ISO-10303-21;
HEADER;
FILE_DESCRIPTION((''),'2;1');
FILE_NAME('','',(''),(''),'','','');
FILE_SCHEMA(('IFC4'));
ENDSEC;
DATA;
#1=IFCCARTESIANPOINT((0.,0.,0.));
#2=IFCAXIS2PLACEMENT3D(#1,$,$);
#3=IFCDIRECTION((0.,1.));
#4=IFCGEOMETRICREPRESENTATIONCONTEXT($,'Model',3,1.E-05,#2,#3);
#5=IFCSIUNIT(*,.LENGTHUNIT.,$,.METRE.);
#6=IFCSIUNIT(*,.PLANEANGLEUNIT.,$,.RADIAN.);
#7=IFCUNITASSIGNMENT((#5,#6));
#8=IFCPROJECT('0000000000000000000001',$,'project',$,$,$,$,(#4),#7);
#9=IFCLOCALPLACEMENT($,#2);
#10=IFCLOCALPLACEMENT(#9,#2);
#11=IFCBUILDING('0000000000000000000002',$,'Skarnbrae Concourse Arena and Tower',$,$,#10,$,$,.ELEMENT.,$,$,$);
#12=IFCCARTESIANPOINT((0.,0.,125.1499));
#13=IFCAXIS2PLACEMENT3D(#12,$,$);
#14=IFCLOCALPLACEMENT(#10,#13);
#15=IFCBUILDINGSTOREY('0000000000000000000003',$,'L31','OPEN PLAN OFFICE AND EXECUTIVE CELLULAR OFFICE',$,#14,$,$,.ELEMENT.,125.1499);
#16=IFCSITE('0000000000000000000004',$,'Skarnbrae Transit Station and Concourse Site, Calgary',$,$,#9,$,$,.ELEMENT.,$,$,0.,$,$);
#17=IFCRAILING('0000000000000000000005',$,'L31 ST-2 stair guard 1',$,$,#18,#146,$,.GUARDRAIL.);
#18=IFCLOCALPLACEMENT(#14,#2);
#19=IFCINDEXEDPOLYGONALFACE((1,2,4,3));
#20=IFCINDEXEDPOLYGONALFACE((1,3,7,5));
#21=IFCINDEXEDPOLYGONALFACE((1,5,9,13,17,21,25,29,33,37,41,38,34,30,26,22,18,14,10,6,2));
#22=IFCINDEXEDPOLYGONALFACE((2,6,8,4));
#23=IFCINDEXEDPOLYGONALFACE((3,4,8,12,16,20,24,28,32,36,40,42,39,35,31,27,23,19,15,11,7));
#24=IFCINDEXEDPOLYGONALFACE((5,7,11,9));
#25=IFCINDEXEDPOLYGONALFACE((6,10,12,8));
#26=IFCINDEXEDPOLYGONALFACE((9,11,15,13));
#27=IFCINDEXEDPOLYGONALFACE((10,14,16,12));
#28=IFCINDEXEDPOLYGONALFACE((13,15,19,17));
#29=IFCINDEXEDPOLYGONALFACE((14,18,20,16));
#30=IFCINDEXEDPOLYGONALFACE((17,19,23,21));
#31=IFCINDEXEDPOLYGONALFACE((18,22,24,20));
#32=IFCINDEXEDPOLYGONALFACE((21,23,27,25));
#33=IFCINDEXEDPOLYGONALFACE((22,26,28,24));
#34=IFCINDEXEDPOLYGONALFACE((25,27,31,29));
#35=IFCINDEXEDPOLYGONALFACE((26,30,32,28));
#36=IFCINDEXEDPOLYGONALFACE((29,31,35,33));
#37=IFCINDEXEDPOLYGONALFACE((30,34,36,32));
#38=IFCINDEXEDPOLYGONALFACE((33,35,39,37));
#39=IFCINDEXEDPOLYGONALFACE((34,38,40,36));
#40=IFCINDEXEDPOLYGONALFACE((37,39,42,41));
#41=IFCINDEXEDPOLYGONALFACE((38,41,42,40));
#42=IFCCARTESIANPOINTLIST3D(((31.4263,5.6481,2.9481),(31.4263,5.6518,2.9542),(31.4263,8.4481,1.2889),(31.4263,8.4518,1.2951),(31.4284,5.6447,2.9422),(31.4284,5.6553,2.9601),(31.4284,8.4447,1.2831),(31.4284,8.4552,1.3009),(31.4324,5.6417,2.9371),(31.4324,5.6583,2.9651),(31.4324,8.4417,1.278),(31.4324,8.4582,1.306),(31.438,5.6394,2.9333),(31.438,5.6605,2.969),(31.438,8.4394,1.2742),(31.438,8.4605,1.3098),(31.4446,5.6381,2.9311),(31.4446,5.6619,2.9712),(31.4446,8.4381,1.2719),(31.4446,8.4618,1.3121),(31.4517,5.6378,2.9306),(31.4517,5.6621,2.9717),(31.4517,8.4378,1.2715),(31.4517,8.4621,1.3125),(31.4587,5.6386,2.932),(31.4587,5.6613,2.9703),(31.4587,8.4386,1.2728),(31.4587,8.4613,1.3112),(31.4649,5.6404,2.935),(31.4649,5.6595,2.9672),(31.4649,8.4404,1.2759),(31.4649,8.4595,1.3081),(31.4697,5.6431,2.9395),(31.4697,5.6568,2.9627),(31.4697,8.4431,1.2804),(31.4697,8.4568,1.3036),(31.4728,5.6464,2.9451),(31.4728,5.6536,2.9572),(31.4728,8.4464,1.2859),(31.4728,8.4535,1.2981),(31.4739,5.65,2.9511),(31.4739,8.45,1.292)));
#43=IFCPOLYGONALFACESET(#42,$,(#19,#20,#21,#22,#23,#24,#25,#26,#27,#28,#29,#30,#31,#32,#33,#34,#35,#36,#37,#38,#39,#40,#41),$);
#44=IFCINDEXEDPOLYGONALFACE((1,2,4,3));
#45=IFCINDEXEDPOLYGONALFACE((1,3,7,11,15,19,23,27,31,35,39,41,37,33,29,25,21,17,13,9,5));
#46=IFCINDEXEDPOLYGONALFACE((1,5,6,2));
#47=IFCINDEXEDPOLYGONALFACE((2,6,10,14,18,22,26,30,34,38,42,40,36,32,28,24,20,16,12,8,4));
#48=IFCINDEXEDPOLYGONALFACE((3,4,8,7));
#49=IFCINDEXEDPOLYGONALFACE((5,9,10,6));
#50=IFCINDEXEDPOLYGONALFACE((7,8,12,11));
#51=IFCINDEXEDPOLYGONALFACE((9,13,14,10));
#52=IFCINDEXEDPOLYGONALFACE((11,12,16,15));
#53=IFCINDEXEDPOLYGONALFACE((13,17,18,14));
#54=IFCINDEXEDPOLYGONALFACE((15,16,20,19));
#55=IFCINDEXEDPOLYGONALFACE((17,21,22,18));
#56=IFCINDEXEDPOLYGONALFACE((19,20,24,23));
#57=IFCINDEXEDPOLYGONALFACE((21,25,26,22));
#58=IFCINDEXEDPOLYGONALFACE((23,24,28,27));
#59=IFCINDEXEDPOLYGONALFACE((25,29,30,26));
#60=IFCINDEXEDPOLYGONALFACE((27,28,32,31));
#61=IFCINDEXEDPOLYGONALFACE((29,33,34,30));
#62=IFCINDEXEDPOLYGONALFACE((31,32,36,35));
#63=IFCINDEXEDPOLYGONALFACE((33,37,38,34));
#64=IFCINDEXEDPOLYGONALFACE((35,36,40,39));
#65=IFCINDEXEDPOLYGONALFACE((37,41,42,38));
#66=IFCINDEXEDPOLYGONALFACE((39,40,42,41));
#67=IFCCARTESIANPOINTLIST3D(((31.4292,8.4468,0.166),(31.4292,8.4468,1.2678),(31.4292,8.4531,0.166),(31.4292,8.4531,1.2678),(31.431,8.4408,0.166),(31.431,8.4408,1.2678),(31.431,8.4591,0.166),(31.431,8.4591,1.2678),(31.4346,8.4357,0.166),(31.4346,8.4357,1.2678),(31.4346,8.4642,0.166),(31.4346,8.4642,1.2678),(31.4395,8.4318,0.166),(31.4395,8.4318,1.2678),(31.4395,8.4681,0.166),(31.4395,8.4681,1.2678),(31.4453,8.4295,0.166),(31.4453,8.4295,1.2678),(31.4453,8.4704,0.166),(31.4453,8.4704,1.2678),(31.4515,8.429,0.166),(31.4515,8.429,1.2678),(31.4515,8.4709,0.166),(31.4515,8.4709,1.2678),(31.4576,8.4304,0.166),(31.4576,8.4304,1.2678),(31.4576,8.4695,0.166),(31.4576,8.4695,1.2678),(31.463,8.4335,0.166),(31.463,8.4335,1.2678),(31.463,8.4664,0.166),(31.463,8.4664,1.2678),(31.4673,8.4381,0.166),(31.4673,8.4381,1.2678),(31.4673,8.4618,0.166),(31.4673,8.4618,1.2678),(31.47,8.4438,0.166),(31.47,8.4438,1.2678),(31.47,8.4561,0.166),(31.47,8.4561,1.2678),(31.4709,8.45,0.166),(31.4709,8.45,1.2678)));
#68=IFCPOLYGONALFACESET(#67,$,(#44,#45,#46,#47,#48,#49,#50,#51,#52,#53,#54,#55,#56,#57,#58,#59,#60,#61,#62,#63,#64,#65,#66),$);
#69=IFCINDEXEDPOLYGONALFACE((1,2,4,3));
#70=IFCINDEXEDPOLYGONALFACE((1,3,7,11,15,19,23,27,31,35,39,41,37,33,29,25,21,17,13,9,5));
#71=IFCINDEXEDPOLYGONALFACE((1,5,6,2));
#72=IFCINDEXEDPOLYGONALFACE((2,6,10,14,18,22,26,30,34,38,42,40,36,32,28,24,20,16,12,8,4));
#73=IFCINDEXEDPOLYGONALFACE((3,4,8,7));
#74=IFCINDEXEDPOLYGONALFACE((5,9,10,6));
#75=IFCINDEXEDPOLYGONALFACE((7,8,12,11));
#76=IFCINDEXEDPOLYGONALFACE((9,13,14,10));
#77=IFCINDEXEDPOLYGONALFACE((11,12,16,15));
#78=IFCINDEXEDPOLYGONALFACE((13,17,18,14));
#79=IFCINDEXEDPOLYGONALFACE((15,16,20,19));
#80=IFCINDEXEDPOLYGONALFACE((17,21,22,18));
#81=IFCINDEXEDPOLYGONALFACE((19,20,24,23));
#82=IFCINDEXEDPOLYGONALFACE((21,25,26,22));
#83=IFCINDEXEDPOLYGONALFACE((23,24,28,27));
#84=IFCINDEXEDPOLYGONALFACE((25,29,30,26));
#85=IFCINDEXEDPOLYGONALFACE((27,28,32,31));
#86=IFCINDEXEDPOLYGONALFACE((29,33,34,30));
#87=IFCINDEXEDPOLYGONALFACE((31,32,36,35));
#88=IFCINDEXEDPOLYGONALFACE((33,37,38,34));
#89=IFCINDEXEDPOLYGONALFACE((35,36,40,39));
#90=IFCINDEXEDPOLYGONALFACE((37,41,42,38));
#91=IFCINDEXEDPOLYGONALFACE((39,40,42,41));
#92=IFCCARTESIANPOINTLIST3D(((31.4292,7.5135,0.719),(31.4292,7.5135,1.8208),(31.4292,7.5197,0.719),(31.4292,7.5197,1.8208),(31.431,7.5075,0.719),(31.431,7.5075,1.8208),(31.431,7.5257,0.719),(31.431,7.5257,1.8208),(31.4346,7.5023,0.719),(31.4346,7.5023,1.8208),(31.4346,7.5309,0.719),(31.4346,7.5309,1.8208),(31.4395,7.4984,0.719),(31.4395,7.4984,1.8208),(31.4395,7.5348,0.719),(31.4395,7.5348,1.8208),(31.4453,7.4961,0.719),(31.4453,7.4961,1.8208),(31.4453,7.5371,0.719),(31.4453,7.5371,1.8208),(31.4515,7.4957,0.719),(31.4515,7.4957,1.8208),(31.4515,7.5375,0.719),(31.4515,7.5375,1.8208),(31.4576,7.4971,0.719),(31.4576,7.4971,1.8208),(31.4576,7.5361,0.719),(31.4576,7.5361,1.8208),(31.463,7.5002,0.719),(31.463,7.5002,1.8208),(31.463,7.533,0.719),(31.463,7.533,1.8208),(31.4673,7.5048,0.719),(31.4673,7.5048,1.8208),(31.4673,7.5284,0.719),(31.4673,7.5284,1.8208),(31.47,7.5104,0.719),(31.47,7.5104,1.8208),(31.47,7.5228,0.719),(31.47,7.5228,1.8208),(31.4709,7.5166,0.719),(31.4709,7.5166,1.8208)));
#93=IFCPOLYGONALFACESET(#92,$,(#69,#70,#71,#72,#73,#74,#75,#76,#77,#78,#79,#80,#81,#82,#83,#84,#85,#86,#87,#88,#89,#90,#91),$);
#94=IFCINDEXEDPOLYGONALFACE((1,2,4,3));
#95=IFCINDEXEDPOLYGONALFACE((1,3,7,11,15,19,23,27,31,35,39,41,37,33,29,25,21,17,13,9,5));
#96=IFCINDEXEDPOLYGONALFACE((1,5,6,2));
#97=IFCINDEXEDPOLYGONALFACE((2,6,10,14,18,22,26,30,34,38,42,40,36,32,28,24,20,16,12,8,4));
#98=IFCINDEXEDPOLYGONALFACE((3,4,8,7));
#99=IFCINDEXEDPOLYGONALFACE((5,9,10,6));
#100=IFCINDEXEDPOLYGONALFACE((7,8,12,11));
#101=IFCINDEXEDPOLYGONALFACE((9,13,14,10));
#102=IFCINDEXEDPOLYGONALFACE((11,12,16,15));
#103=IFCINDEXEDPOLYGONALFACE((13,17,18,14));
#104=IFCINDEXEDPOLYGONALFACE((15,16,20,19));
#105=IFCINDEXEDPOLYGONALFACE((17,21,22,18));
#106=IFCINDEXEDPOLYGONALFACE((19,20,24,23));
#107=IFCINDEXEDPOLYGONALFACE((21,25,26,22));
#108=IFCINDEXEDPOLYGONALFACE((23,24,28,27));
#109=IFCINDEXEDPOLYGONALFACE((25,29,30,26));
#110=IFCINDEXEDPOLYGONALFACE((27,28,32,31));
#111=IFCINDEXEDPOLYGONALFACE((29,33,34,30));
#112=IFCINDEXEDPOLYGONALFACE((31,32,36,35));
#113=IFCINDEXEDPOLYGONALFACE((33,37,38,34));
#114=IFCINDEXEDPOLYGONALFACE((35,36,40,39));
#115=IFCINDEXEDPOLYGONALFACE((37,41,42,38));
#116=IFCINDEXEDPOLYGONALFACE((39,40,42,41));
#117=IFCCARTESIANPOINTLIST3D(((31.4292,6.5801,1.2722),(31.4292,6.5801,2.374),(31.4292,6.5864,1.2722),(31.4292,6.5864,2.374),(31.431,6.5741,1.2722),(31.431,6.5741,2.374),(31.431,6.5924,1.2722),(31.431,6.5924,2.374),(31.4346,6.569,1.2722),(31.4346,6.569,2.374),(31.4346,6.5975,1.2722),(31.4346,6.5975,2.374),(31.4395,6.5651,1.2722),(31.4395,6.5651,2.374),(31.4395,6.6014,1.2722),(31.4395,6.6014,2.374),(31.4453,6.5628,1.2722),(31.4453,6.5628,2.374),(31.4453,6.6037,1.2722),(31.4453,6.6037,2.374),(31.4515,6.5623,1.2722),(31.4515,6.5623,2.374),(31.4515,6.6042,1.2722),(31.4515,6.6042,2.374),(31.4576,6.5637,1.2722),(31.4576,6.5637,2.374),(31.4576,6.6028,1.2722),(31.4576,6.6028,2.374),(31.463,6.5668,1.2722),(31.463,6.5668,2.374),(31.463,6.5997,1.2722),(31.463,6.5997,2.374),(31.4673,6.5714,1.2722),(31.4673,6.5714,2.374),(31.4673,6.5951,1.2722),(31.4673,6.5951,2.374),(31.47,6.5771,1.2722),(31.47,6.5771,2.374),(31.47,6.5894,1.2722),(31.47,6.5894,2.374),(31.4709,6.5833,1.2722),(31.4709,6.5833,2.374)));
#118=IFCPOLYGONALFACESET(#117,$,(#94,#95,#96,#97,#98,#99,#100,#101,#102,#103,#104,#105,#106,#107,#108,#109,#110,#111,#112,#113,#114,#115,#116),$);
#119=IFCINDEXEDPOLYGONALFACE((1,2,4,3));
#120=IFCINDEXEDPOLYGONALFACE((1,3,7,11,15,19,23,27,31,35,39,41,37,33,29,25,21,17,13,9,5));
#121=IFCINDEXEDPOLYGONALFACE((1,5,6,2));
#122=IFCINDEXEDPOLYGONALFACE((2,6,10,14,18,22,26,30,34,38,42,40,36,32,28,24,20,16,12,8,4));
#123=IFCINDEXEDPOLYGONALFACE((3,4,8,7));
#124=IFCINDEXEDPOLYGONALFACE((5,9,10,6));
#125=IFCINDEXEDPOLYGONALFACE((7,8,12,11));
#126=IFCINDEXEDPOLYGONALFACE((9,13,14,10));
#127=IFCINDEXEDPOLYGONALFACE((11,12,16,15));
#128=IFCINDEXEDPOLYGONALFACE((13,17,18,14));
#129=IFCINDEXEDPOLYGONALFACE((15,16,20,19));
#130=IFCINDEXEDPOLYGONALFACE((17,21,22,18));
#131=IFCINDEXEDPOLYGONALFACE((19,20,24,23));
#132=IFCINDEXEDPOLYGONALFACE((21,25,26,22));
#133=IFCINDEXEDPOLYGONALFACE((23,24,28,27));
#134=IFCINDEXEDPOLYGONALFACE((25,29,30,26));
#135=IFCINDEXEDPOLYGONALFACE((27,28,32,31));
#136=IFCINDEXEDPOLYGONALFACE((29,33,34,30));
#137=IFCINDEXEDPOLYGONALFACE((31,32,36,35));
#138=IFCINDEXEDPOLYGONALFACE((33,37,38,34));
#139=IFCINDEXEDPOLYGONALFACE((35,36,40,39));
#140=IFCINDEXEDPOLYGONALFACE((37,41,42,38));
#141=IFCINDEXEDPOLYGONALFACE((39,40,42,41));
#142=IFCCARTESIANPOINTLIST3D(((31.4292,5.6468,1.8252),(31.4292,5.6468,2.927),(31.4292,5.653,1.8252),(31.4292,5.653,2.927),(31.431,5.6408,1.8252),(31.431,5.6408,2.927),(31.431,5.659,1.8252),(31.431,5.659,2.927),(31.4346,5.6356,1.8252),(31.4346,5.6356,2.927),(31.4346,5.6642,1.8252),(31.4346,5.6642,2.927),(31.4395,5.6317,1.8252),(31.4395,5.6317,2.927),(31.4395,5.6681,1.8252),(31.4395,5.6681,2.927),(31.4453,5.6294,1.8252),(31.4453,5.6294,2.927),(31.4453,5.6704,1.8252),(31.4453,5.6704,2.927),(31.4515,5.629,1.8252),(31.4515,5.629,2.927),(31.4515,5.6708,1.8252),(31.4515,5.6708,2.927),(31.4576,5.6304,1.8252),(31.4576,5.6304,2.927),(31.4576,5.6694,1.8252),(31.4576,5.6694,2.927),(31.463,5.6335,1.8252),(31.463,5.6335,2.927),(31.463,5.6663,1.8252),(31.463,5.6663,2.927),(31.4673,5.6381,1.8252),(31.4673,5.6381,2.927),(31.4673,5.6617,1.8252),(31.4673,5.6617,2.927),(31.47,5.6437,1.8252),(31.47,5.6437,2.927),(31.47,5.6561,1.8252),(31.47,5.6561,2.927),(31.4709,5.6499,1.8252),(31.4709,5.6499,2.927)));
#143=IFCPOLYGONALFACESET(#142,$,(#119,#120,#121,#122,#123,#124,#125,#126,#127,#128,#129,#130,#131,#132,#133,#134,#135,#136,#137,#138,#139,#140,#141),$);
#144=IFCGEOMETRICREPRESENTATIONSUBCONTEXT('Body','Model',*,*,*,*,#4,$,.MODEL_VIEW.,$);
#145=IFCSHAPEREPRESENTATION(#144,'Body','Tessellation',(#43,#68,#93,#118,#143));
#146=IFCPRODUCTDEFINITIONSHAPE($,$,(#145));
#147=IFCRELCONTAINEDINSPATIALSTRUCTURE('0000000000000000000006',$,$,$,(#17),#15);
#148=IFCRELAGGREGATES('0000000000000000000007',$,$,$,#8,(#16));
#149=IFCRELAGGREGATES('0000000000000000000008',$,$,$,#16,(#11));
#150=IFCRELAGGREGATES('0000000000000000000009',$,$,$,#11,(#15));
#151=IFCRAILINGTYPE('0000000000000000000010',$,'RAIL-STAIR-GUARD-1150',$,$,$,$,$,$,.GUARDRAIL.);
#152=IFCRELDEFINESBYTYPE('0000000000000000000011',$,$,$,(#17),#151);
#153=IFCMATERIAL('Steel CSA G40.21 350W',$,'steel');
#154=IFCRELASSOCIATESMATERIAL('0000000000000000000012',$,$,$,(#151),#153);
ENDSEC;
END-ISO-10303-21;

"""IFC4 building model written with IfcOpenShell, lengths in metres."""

from ifc_helpers import new_model, si_unit, direction, frame, origin, origin_2d, place, context, subcontext, project, spatial, circle, extrude, material, type_object, element, save


model = new_model("IFC4")

# Units and contexts
model_context = context("Model", 3, precision=1e-05, world=origin(), true_north=direction((0.0, 1.0)))
body_context = subcontext(model_context, "Body", "Model", "MODEL_VIEW")
ifc_project = project(units=[si_unit("LENGTHUNIT", "METRE"), si_unit("PLANEANGLEUNIT", "RADIAN")], contexts=[model_context])

# Site, building, storey
site_placement = place(None, origin())
site = spatial("IfcSite", under=ifc_project, at=site_placement, Name="Skarnbrae Transit Station and Concourse Site, Calgary", CompositionType="ELEMENT", RefElevation=0.0)
building_placement = place(site_placement, origin())
building = spatial("IfcBuilding", under=site, at=building_placement, Name="Skarnbrae Concourse Arena and Tower", CompositionType="ELEMENT")
storey_placement = place(building_placement, frame((0.0, 0.0, 125.1499)))
storey = spatial("IfcBuildingStorey", under=building, at=storey_placement, Name="L31", Description="OPEN PLAN OFFICE AND EXECUTIVE CELLULAR OFFICE", CompositionType="ELEMENT", Elevation=125.1499)

# Shared definitions
ifc_material_1 = material(Name="Steel CSA G40.21 350W", Category="steel")

# Railing
railing_type_1 = type_object("IfcRailingType", Name="RAIL-STAIR-GUARD-1150", PredefinedType="GUARDRAIL", material=ifc_material_1)
railing_1_placement = place(storey_placement, frame((31.45, 8.45, 0.166)))
element("IfcRailing", 1, at=railing_1_placement, inside=storey, type_object=railing_type_1, Name="L31 ST-2 stair guard 1", PredefinedType="GUARDRAIL", context=body_context, shape_type="SweptSolid", body=[
    extrude(circle(Radius=0.0239, at=origin_2d()), frame((0.0, 0.0, 1.126), z_axis=(0.0, -0.860306, 0.509778), x_axis=(1.0, 0.0, 0.0)), (0.0, 0.0, 1.0), 3.2546),
    extrude(circle(Radius=0.021, at=origin_2d()), origin(), (0.0, 0.0, 1.0), 1.1018),
    extrude(circle(Radius=0.021, at=origin_2d()), frame((0.0, -0.9333, 0.553)), (0.0, 0.0, 1.0), 1.1018),
    extrude(circle(Radius=0.021, at=origin_2d()), frame((0.0, -1.8667, 1.1062)), (0.0, 0.0, 1.0), 1.1018),
    extrude(circle(Radius=0.021, at=origin_2d()), frame((0.0, -2.8, 1.6592)), (0.0, 0.0, 1.0), 1.1018),
])

save(model, "model.ifc")
